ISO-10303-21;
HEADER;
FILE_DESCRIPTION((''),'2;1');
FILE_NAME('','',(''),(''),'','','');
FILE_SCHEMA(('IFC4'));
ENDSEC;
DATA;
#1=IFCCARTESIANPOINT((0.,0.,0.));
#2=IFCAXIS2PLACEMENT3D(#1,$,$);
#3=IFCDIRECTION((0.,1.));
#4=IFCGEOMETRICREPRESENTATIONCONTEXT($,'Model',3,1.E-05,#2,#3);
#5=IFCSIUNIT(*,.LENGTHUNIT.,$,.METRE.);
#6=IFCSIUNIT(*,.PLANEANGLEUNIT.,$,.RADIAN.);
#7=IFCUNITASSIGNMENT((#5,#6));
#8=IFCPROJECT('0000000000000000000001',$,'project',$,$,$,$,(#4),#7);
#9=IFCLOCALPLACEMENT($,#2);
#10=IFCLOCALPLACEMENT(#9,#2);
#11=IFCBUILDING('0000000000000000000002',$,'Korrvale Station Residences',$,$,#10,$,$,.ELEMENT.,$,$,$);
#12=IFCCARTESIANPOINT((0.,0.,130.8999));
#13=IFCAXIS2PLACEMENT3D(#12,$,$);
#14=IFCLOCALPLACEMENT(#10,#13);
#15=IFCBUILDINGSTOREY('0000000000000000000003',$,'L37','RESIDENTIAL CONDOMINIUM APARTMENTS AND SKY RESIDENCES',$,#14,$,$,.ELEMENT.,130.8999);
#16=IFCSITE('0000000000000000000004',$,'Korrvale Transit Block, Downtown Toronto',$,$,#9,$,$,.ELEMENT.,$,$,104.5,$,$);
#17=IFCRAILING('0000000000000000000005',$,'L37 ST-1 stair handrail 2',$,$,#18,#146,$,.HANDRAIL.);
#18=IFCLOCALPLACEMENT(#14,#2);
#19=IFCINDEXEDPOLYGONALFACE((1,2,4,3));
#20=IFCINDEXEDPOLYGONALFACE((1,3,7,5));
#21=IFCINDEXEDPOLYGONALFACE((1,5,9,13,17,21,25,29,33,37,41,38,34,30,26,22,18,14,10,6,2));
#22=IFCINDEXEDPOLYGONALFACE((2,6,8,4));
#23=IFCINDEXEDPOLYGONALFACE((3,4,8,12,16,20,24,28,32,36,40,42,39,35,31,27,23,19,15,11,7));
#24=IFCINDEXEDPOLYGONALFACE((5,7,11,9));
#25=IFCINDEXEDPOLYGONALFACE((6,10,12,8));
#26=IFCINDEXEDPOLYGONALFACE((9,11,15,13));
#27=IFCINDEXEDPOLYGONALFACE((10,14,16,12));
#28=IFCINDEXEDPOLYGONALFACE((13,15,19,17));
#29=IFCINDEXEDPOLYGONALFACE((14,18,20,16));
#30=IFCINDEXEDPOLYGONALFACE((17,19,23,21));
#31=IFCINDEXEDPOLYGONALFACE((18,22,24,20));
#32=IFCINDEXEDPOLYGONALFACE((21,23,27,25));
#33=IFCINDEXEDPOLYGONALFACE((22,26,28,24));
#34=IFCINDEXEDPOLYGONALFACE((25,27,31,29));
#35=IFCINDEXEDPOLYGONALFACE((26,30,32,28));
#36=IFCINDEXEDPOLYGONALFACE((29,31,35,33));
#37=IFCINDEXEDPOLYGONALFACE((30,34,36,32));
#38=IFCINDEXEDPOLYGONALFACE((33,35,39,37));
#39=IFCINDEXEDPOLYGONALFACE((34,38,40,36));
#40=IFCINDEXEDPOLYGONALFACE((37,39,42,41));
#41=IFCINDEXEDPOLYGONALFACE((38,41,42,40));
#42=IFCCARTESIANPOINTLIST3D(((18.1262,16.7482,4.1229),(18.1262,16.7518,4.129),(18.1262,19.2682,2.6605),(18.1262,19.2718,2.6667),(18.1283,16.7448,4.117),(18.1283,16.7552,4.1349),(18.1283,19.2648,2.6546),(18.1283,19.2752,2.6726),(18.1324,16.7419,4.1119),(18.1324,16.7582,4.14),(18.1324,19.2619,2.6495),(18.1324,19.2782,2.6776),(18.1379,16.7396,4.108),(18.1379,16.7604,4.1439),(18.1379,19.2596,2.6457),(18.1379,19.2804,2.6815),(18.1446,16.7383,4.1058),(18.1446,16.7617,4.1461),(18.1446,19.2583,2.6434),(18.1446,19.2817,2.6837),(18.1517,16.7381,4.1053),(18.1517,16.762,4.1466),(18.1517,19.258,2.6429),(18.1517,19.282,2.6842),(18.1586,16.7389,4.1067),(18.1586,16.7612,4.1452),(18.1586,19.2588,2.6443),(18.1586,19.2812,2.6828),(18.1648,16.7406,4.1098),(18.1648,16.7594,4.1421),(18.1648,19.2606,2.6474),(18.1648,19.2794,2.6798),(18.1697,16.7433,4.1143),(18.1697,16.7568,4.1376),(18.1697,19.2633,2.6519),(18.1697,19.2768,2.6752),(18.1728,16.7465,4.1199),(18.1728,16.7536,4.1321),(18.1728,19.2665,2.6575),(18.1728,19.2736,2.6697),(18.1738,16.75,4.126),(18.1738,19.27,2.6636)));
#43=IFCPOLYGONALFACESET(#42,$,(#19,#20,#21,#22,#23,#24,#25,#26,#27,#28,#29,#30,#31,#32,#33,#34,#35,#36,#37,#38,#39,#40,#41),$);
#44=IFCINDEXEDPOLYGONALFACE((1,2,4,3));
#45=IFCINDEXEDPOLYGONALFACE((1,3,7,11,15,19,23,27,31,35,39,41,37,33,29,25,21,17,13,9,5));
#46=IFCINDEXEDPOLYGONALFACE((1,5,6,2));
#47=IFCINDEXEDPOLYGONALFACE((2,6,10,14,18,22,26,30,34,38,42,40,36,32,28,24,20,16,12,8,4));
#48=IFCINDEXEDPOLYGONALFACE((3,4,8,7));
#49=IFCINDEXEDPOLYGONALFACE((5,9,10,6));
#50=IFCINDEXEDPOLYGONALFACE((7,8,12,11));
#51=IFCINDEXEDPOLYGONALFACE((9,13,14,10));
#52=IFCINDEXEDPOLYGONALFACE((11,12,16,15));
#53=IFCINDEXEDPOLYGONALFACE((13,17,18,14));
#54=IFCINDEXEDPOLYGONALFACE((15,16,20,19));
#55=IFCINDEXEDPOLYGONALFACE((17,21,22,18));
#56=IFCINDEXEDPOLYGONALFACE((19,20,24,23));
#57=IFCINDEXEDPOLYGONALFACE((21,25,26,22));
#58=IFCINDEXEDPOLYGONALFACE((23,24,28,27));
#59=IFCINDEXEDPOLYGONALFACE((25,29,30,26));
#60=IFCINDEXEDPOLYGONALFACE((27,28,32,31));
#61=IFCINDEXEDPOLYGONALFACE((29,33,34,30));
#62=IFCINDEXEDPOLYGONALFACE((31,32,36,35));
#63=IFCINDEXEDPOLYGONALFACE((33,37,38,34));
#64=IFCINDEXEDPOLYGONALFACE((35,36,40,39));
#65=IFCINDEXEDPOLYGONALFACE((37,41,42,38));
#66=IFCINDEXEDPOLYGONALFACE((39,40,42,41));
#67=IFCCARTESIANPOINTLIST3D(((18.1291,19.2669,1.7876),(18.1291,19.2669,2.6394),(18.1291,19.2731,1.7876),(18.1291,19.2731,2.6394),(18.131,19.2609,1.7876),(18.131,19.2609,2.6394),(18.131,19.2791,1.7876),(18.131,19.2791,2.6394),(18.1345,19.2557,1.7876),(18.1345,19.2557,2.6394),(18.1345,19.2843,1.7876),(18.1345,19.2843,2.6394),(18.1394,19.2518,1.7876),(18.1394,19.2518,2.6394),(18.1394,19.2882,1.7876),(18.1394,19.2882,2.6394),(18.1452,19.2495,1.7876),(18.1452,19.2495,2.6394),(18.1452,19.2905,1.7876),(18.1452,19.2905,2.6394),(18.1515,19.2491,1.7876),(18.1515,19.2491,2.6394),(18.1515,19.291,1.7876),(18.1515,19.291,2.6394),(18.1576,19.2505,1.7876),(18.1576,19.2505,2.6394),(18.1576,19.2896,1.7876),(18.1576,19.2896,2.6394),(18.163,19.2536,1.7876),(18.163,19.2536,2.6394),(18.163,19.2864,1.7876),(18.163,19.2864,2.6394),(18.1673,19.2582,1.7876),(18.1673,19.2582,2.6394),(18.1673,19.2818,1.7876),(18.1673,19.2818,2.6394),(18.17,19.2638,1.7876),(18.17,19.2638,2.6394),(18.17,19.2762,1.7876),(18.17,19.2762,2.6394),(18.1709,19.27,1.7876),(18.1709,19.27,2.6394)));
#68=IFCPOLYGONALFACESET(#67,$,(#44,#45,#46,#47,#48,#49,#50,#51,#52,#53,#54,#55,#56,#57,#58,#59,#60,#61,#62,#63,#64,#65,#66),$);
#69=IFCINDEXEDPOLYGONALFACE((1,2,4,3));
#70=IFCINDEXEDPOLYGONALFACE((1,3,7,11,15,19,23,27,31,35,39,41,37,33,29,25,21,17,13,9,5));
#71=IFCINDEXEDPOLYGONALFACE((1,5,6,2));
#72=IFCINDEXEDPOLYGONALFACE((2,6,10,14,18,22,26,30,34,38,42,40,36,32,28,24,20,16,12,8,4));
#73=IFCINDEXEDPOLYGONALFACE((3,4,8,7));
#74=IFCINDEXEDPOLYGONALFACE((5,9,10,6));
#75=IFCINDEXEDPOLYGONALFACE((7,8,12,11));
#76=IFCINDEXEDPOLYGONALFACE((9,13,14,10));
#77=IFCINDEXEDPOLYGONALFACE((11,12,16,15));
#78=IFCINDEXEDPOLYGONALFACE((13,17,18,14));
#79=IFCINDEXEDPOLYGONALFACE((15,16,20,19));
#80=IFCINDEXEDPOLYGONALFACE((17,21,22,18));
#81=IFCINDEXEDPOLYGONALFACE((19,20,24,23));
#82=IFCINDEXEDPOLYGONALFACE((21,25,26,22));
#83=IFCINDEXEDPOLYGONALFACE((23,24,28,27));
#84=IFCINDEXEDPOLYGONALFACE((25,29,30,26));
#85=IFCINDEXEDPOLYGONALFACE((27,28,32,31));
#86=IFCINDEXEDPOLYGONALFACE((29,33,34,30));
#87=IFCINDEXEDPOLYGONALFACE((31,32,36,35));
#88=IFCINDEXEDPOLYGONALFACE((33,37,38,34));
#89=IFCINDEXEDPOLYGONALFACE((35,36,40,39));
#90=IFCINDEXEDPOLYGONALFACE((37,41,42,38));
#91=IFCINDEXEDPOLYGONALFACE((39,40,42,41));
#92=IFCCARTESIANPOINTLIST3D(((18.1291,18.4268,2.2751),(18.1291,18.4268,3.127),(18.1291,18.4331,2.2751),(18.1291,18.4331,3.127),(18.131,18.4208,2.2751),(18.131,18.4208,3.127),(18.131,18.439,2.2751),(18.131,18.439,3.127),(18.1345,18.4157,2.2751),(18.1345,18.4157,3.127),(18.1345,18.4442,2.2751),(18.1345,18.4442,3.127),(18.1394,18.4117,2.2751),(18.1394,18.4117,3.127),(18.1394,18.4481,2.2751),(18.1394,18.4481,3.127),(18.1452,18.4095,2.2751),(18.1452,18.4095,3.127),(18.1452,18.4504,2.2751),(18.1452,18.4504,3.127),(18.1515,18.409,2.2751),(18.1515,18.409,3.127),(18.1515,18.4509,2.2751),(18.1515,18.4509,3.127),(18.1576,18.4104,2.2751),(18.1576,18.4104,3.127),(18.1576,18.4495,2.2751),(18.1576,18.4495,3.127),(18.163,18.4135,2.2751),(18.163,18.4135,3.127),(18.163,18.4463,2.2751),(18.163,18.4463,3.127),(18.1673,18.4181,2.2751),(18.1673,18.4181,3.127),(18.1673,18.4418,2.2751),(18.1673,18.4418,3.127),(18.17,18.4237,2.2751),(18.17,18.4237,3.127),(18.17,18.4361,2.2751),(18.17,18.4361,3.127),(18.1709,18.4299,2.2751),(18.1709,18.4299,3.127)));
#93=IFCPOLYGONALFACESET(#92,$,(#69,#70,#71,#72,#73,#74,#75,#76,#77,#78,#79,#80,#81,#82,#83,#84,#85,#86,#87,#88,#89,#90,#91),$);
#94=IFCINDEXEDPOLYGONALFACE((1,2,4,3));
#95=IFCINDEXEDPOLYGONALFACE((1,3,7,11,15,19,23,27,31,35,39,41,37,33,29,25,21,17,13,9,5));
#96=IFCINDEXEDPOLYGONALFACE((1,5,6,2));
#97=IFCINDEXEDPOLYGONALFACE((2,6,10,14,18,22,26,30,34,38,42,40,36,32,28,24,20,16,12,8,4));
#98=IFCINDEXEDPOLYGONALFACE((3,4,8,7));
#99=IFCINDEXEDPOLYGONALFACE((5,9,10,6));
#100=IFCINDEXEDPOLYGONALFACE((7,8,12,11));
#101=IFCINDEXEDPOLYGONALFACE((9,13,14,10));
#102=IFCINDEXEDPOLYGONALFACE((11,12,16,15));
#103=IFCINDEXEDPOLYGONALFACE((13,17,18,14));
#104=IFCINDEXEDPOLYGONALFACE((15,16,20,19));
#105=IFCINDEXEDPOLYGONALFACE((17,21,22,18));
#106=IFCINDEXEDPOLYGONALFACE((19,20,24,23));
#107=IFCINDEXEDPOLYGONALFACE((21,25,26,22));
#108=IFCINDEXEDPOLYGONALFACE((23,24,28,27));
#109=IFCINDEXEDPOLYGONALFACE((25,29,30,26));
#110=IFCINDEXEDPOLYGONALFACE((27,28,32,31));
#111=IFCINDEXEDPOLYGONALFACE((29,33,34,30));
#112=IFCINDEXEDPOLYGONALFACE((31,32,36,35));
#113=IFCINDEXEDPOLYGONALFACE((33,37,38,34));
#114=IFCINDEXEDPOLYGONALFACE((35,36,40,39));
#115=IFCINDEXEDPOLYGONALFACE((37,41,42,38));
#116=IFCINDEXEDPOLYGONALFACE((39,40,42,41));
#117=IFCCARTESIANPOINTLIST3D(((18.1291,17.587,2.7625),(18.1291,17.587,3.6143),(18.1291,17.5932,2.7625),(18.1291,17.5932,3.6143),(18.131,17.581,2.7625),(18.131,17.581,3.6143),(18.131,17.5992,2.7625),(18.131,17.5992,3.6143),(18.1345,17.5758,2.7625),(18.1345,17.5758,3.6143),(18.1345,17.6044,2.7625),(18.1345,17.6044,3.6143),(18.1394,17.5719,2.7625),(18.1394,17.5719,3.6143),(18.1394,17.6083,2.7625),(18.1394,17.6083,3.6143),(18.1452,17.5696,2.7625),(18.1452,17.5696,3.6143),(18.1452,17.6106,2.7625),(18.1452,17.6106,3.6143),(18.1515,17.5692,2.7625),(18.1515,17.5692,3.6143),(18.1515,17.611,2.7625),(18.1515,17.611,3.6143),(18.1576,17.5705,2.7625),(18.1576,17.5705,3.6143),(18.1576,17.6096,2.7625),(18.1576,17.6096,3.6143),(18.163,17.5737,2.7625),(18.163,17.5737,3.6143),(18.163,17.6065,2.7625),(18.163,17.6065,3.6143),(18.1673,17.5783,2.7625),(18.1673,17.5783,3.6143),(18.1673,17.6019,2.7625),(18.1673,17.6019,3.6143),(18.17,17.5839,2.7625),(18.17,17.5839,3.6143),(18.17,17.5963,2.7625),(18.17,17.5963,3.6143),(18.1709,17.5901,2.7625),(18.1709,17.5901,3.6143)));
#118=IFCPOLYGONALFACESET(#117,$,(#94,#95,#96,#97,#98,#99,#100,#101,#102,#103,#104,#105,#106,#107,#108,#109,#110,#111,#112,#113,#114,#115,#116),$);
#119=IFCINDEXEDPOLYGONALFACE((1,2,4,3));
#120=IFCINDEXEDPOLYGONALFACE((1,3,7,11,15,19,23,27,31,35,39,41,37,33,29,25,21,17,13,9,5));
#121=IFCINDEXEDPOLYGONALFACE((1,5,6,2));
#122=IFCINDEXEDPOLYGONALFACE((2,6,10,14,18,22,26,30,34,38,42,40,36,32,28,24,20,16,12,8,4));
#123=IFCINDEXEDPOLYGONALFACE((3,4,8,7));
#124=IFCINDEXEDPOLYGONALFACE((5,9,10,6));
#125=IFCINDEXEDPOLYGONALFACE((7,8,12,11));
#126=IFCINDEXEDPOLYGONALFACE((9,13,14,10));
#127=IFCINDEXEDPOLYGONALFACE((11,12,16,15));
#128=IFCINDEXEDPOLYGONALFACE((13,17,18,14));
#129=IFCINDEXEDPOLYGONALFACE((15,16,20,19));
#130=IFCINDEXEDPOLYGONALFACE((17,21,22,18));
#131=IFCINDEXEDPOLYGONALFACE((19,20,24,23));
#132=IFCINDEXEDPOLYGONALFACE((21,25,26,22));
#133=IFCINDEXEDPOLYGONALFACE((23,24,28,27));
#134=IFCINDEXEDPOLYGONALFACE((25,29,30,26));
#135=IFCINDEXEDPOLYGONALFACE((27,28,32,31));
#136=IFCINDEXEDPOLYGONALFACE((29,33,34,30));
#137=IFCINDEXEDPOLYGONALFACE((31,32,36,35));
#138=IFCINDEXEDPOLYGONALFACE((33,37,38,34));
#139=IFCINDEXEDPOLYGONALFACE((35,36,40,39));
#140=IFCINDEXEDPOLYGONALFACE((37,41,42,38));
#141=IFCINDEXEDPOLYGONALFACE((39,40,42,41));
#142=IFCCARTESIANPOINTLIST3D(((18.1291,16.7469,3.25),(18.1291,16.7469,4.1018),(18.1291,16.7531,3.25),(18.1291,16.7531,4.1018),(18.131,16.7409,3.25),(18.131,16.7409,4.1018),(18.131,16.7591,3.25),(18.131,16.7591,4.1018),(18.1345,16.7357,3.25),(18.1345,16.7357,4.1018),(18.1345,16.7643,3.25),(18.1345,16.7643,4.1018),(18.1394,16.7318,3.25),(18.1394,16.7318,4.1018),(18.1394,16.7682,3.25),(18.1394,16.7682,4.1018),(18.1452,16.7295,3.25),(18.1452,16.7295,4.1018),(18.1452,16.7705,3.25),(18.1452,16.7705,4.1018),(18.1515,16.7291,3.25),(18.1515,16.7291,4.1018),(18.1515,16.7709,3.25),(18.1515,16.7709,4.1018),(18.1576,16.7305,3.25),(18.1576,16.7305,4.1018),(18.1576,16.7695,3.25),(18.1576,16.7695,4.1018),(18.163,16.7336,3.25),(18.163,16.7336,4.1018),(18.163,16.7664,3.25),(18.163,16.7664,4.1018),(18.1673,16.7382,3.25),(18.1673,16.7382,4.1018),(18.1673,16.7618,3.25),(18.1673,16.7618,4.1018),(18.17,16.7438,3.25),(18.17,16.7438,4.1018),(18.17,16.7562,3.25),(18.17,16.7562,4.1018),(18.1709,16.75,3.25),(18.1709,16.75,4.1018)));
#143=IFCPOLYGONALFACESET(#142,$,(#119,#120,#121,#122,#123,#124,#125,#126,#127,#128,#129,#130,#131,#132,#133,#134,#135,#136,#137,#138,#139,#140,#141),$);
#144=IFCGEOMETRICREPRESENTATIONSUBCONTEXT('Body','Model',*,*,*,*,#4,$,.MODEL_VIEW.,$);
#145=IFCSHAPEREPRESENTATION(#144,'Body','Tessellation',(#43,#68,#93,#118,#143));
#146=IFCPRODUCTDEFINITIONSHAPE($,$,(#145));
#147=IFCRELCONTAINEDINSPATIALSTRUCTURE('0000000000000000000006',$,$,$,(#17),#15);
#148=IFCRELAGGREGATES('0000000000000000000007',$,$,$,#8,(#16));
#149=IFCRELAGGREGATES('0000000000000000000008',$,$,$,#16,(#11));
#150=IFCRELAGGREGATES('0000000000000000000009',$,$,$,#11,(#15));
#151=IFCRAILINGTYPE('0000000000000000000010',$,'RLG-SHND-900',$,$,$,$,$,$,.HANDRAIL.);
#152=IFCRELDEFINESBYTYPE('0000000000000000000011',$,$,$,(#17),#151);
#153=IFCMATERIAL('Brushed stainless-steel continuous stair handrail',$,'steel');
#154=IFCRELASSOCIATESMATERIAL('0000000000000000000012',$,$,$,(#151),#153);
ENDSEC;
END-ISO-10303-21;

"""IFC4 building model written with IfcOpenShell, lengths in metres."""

from ifc_helpers import new_model, si_unit, direction, frame, origin, origin_2d, place, context, subcontext, project, spatial, circle, extrude, material, type_object, element, save


model = new_model("IFC4")

# Units and contexts
model_context = context("Model", 3, precision=1e-05, world=origin(), true_north=direction((0.0, 1.0)))
body_context = subcontext(model_context, "Body", "Model", "MODEL_VIEW")
ifc_project = project(units=[si_unit("LENGTHUNIT", "METRE"), si_unit("PLANEANGLEUNIT", "RADIAN")], contexts=[model_context])

# Site, building, storey
site_placement = place(None, origin())
site = spatial("IfcSite", under=ifc_project, at=site_placement, Name="Korrvale Transit Block, Downtown Toronto", CompositionType="ELEMENT", RefElevation=104.5)
building_placement = place(site_placement, origin())
building = spatial("IfcBuilding", under=site, at=building_placement, Name="Korrvale Station Residences", CompositionType="ELEMENT")
storey_placement = place(building_placement, frame((0.0, 0.0, 130.8999)))
storey = spatial("IfcBuildingStorey", under=building, at=storey_placement, Name="L37", Description="RESIDENTIAL CONDOMINIUM APARTMENTS AND SKY RESIDENCES", CompositionType="ELEMENT", Elevation=130.8999)

# Railing
ifc_material_1 = material(Name="Brushed stainless-steel continuous stair handrail", Category="steel")
railing_type_1 = type_object("IfcRailingType", Name="RLG-SHND-900", PredefinedType="HANDRAIL", material=ifc_material_1)
railing_1_placement = place(storey_placement, frame((18.1499, 19.27, 1.7876)))
element("IfcRailing", 1, at=railing_1_placement, inside=storey, type_object=railing_type_1, Name="L37 ST-1 stair handrail 2", PredefinedType="HANDRAIL", context=body_context, shape_type="SweptSolid", body=[
    extrude(circle(Radius=0.0239, at=origin_2d()), frame((0.0, 0.0, 0.876), z_axis=(0.0, -0.864913, 0.501921), x_axis=(1.0, 0.0, 0.0)), (0.0, 0.0, 1.0), 2.9136),
    extrude(circle(Radius=0.021, at=origin_2d()), origin(), (0.0, 0.0, 1.0), 0.8518),
    extrude(circle(Radius=0.021, at=origin_2d()), frame((0.0, -0.8401, 0.4875)), (0.0, 0.0, 1.0), 0.8518),
    extrude(circle(Radius=0.021, at=origin_2d()), frame((0.0, -1.6799, 0.9749)), (0.0, 0.0, 1.0), 0.8518),
    extrude(circle(Radius=0.021, at=origin_2d()), frame((0.0, -2.52, 1.4624)), (0.0, 0.0, 1.0), 0.8518),
])

save(model, "model.ifc")
